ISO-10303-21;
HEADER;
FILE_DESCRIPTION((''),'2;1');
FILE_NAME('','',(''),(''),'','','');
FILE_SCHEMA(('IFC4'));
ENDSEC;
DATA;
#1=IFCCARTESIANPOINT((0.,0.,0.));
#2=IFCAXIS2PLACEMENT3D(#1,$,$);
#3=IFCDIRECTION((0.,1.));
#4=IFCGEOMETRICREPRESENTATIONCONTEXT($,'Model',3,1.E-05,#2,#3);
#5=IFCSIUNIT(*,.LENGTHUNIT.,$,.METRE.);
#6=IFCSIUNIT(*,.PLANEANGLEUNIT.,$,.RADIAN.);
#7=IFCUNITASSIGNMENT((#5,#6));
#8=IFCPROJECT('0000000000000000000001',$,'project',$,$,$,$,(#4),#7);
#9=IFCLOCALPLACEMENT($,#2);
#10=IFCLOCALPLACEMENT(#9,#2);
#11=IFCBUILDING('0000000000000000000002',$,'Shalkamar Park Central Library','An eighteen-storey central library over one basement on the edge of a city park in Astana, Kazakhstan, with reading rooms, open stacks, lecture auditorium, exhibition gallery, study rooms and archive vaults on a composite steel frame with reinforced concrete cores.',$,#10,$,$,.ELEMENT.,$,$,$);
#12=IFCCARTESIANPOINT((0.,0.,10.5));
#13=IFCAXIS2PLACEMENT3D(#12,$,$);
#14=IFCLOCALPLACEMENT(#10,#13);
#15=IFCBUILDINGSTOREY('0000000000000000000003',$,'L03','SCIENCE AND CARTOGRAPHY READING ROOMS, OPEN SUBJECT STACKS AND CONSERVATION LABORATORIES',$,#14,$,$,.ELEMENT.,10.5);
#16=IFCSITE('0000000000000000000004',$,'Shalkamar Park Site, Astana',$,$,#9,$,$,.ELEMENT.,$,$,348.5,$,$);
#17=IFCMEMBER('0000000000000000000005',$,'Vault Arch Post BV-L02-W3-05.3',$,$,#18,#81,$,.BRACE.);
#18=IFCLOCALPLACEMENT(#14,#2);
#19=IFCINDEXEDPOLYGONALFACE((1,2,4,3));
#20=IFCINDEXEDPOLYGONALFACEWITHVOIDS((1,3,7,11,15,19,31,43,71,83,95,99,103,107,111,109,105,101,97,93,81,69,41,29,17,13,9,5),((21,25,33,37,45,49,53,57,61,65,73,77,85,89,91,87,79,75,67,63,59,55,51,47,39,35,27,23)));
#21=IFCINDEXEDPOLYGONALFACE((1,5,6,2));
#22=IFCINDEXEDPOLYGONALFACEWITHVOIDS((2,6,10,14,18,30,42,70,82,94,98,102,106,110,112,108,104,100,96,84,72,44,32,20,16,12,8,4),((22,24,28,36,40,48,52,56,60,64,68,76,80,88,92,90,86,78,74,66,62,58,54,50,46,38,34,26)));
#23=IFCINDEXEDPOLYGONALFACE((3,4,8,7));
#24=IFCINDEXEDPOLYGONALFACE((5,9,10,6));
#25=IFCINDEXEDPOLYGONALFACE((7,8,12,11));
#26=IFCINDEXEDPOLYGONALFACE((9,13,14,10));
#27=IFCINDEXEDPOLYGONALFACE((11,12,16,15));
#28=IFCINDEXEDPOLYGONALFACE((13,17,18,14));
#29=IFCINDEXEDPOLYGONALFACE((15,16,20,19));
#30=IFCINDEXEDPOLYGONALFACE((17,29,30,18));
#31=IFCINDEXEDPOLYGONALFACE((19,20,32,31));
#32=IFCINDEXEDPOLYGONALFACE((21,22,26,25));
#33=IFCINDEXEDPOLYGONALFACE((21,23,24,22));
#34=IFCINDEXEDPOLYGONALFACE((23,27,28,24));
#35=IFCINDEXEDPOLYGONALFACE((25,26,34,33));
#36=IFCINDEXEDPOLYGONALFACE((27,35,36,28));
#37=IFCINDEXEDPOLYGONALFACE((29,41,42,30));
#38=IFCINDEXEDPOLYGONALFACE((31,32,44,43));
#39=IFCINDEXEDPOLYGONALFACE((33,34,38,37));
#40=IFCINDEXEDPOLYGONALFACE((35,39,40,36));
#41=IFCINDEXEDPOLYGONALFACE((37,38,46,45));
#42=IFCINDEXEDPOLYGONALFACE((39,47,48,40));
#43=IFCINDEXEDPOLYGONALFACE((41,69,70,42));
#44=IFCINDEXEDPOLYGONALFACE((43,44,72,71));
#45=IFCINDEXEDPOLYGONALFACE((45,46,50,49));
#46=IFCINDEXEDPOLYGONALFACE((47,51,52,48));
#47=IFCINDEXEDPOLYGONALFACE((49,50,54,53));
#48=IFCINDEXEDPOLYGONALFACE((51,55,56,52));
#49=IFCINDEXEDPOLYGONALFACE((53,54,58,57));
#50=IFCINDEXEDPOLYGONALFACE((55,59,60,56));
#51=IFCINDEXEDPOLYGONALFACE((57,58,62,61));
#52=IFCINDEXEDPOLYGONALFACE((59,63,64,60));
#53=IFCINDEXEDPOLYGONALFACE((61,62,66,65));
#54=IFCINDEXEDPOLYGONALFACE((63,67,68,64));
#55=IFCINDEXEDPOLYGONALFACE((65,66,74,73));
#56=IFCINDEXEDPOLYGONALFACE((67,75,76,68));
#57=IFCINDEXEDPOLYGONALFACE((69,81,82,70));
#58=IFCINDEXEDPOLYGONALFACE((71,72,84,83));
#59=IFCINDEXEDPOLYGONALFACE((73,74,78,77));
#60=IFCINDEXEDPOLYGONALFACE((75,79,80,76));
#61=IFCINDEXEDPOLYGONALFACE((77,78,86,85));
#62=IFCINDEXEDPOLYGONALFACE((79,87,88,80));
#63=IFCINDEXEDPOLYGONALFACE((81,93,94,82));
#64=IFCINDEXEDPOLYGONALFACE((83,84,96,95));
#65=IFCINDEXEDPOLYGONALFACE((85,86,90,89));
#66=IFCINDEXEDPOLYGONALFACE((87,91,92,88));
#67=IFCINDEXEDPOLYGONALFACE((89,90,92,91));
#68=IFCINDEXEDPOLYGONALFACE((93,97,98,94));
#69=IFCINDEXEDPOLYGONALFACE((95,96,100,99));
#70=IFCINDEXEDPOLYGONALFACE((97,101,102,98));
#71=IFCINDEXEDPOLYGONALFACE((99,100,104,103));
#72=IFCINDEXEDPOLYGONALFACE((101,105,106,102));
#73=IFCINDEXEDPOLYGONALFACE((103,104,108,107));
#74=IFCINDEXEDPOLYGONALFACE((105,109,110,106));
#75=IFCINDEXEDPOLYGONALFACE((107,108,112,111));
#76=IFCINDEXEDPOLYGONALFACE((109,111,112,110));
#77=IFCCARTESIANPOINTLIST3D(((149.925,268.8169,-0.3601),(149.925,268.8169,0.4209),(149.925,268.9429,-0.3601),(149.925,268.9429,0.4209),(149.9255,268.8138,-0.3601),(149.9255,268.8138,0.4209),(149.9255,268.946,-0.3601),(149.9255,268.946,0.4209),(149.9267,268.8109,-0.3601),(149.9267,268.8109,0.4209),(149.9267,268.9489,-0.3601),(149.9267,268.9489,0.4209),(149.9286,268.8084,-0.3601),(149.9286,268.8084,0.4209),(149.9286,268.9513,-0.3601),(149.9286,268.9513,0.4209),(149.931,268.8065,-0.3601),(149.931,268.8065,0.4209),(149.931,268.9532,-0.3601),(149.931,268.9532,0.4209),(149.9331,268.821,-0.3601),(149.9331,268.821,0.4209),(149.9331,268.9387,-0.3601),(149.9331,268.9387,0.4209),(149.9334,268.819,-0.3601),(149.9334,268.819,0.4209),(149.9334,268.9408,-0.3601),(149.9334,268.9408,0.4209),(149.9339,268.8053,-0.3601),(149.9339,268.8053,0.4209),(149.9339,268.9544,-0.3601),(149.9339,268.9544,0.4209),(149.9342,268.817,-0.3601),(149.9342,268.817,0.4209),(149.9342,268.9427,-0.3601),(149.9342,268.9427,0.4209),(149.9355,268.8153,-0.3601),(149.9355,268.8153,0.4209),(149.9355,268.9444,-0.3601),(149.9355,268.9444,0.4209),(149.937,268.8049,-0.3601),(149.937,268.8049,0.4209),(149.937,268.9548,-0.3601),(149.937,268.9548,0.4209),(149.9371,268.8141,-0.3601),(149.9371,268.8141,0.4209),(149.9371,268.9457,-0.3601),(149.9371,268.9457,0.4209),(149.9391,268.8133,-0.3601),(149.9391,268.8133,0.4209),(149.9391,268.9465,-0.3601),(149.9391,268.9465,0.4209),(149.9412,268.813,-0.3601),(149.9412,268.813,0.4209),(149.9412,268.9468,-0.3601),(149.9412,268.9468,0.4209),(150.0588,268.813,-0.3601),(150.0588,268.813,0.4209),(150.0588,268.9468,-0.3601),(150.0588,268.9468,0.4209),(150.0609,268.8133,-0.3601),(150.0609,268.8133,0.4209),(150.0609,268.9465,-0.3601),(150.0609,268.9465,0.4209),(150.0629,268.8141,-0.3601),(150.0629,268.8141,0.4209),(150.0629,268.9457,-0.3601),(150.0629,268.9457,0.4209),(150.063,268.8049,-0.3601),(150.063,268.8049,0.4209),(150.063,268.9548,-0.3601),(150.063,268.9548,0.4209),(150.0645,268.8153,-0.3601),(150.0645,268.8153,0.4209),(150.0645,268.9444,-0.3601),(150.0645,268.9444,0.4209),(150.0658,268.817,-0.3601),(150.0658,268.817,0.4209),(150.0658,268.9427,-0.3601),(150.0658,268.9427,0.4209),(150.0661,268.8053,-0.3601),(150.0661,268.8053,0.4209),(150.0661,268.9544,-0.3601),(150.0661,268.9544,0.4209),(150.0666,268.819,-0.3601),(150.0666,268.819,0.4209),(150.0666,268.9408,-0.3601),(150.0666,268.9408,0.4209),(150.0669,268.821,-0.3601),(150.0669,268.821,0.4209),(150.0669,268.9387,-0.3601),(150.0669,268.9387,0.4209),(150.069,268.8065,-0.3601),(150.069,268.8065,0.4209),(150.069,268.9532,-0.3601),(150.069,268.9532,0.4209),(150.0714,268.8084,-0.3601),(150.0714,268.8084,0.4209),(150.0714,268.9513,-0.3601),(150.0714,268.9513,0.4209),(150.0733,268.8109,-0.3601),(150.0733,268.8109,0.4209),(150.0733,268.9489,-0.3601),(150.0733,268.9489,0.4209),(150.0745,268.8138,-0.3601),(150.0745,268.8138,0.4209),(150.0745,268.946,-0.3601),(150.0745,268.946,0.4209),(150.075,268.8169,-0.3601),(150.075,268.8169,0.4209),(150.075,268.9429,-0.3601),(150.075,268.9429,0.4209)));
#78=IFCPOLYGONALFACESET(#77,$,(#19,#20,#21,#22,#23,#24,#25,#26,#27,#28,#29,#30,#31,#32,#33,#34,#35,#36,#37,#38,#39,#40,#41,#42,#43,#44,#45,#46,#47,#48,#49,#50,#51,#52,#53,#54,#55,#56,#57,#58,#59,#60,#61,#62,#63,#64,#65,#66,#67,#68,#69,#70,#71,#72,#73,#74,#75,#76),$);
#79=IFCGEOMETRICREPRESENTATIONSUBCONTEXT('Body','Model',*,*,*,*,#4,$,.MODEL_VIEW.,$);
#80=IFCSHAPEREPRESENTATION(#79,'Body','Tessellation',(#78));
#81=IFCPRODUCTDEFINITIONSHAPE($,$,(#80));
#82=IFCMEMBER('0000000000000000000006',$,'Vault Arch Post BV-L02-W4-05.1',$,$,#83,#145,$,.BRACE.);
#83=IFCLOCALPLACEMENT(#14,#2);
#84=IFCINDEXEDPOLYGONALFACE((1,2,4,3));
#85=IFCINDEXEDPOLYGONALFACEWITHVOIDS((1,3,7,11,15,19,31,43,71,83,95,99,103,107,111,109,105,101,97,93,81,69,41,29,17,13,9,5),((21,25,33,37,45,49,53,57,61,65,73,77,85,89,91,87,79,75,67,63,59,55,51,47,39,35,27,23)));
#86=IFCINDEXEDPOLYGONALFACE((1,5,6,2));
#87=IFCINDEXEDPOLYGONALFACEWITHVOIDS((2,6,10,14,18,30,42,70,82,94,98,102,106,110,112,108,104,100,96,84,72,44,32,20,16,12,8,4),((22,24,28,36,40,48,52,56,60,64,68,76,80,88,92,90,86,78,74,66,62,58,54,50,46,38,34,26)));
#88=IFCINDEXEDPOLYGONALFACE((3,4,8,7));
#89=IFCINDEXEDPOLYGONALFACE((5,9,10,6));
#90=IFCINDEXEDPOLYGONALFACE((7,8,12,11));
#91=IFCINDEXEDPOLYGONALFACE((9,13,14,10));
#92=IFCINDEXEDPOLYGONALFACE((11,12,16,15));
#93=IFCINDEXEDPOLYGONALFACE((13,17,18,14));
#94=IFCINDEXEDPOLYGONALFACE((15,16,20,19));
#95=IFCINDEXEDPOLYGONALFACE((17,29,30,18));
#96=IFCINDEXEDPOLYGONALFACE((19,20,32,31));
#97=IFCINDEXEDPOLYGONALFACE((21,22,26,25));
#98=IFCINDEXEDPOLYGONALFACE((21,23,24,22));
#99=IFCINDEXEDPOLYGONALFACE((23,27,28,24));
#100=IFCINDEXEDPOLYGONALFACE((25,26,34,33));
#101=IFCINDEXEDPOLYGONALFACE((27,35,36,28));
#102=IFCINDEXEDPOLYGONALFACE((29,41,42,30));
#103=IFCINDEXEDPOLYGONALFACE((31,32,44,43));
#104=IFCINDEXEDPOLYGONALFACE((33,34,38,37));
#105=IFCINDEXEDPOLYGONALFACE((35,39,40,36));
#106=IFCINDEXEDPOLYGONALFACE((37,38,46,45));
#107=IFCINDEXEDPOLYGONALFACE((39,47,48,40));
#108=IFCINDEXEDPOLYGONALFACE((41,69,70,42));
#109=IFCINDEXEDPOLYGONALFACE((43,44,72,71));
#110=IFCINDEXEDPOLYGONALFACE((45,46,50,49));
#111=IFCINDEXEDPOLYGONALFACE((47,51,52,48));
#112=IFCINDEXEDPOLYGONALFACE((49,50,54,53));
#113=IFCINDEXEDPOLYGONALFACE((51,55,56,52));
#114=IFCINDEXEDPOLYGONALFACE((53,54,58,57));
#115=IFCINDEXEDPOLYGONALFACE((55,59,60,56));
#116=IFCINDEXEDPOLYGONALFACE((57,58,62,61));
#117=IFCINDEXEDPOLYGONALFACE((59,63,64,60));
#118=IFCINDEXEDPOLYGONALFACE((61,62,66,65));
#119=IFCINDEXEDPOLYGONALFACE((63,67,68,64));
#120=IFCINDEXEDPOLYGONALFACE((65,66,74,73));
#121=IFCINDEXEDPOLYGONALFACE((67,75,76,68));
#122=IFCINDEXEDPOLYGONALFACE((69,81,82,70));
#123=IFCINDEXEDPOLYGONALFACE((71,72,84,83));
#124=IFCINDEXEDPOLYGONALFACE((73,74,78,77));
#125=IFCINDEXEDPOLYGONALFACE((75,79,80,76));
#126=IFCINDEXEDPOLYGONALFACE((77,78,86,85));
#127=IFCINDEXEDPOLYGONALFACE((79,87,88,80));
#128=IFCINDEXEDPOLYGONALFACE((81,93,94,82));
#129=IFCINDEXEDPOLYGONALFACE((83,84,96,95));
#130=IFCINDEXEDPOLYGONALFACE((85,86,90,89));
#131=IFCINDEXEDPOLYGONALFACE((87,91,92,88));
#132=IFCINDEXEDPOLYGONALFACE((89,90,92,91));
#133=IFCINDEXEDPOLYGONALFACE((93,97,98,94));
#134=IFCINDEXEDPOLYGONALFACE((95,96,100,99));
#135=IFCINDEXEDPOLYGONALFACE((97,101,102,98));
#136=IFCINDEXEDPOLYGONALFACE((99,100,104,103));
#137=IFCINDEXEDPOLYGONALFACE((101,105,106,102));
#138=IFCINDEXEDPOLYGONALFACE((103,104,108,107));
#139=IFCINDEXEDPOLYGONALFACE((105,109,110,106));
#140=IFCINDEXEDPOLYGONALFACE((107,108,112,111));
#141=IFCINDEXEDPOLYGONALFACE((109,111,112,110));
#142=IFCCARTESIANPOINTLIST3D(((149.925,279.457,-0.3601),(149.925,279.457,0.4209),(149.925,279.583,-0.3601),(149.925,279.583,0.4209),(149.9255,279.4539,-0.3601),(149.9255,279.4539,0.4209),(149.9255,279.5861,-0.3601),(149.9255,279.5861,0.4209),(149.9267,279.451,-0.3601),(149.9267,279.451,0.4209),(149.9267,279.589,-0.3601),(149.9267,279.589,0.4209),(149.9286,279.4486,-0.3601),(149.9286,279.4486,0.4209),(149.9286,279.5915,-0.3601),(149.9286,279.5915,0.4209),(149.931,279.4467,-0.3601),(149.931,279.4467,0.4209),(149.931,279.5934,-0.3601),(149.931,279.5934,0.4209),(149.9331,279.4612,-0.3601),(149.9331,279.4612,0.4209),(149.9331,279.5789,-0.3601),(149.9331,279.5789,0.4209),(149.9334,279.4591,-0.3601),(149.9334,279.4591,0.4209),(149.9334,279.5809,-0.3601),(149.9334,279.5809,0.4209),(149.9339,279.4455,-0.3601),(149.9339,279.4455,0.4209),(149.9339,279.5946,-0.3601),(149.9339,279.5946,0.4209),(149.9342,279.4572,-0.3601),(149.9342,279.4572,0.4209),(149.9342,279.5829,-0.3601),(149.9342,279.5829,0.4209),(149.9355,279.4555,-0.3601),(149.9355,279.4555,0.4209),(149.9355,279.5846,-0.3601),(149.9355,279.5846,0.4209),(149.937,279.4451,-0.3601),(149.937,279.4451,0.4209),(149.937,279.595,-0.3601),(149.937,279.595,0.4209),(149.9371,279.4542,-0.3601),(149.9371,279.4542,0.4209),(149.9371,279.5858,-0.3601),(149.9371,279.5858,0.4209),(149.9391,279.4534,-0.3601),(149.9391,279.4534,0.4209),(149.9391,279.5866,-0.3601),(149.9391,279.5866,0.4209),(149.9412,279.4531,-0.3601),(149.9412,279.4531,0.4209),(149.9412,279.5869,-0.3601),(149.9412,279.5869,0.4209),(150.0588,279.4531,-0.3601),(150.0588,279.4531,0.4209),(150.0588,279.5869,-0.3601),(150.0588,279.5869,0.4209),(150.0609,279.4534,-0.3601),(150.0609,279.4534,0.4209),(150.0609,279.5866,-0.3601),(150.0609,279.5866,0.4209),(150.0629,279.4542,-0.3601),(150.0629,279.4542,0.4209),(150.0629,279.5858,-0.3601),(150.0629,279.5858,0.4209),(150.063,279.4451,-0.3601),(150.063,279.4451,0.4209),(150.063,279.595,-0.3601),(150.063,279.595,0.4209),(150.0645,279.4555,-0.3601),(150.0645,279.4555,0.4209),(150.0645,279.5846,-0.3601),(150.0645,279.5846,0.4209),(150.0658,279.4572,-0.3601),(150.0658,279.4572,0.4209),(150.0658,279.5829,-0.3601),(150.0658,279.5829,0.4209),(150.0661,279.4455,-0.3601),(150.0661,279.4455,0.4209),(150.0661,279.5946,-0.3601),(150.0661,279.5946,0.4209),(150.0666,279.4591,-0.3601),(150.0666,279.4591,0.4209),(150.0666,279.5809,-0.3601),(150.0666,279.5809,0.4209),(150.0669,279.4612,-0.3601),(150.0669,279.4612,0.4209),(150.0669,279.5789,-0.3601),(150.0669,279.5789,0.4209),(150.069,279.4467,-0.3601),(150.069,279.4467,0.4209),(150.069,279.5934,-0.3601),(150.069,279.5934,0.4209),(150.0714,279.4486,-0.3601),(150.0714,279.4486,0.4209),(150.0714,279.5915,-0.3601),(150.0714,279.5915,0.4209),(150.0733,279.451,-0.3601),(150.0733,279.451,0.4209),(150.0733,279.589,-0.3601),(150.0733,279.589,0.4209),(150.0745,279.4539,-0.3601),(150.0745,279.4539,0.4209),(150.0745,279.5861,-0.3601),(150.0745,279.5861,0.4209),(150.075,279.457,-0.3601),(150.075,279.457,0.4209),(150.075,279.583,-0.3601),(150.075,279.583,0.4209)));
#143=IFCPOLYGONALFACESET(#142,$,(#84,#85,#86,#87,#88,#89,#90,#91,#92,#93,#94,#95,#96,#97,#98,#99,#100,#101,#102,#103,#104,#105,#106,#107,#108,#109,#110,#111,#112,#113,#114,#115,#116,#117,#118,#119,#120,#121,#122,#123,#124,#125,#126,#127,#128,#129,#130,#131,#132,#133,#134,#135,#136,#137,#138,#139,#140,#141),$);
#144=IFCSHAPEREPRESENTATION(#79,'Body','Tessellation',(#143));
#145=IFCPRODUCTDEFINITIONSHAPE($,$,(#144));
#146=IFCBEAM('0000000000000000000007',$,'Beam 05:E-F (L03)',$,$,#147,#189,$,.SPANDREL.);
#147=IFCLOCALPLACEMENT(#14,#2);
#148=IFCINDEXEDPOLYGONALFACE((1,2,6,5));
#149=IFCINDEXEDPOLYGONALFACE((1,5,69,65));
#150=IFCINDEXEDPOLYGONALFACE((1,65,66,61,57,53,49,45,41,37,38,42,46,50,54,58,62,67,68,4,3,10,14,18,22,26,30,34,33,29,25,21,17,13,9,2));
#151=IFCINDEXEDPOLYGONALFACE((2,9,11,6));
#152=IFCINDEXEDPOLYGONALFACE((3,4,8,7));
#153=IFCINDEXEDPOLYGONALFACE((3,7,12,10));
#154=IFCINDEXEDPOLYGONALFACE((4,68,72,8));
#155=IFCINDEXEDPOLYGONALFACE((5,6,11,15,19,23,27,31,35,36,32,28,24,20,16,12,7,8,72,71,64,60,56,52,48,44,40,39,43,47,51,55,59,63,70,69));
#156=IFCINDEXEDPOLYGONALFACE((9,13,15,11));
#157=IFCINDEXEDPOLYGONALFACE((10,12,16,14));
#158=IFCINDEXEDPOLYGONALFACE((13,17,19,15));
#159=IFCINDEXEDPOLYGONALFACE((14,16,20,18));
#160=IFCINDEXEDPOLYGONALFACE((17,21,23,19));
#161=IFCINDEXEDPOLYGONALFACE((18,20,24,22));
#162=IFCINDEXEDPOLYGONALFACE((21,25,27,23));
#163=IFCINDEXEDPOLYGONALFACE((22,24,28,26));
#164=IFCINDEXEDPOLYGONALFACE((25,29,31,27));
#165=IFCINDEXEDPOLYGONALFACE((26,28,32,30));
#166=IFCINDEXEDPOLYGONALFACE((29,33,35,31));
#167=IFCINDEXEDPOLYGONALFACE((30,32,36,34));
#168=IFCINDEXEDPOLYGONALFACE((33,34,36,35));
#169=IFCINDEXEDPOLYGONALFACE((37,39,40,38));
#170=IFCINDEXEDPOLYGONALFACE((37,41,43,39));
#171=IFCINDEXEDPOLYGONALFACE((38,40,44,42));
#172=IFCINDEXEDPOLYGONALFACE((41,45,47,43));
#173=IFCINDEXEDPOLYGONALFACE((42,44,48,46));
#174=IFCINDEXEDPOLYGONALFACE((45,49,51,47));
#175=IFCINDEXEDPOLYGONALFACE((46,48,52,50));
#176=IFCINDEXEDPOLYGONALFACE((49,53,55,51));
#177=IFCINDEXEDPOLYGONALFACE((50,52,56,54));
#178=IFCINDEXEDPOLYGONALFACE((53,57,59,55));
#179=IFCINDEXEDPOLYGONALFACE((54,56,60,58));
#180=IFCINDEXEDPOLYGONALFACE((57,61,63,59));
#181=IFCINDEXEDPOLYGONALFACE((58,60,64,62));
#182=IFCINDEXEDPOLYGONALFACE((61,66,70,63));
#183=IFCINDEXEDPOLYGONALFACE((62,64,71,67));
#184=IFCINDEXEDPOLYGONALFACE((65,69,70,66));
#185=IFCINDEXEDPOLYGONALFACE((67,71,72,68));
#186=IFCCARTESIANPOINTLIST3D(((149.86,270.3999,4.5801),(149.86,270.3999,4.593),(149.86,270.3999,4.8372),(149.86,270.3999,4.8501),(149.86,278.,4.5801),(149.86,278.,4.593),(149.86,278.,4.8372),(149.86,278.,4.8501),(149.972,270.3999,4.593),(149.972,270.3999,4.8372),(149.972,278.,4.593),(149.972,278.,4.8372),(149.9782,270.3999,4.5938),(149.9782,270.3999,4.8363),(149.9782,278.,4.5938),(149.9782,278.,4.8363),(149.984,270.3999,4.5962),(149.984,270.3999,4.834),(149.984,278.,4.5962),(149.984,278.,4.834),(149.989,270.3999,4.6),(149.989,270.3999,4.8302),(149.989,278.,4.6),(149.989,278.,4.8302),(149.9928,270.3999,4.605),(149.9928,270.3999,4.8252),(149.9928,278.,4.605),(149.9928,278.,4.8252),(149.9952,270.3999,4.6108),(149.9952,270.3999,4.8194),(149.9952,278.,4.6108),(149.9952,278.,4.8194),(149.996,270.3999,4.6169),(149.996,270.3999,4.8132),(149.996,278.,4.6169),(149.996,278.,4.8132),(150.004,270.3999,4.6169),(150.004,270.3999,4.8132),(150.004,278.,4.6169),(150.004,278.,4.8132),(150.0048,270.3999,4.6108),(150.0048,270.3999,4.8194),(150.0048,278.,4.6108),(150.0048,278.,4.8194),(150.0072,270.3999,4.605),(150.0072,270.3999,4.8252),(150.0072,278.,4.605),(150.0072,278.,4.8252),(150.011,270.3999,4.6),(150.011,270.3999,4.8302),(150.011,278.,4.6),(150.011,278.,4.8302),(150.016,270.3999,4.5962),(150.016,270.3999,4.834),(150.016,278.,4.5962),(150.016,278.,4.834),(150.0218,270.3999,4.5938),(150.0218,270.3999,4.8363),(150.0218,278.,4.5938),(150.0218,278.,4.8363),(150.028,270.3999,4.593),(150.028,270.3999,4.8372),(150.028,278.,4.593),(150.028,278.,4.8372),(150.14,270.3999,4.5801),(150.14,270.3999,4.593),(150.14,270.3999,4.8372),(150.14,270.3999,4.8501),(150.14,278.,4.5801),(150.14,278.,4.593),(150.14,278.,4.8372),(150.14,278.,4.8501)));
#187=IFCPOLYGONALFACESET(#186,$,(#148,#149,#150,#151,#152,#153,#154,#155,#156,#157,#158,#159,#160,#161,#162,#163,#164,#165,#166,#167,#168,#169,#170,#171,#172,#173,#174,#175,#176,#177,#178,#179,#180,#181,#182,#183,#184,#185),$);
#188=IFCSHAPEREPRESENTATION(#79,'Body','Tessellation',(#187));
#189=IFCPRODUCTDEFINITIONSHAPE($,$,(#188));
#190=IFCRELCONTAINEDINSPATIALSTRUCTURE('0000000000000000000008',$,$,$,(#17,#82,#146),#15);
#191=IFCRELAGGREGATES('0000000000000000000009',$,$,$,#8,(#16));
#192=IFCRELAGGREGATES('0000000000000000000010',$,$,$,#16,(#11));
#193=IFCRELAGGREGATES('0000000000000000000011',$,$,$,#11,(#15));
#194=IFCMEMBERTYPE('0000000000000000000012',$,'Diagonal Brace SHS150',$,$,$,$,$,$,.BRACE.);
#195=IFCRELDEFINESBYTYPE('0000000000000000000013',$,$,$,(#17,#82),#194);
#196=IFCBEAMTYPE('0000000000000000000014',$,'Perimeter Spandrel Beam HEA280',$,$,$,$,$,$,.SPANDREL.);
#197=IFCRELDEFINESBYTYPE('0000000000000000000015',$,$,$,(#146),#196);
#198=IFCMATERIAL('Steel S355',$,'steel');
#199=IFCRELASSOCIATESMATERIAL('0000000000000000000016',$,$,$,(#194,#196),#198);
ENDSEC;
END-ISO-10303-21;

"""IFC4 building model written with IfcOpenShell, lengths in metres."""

from ifc_helpers import new_model, si_unit, direction, frame, origin, origin_2d, place, context, subcontext, project, spatial, hollow_rectangle, i_section, extrude, material, material_profile, profile_set, type_object, element, save


model = new_model("IFC4")

# Units and contexts
model_context = context("Model", 3, precision=1e-05, world=origin(), true_north=direction((0.0, 1.0)))
body_context = subcontext(model_context, "Body", "Model", "MODEL_VIEW")
ifc_project = project(units=[si_unit("LENGTHUNIT", "METRE"), si_unit("PLANEANGLEUNIT", "RADIAN")], contexts=[model_context])

# Site, building, storey
site_placement = place(None, origin())
site = spatial("IfcSite", under=ifc_project, at=site_placement, Name="Shalkamar Park Site, Astana", CompositionType="ELEMENT", RefElevation=348.5)
building_placement = place(site_placement, origin())
building = spatial("IfcBuilding", under=site, at=building_placement, Name="Shalkamar Park Central Library", Description="An eighteen-storey central library over one basement on the edge of a city park in Astana, Kazakhstan, with reading rooms, open stacks, lecture auditorium, exhibition gallery, study rooms and archive vaults on a composite steel frame with reinforced concrete cores.", CompositionType="ELEMENT")
storey_placement = place(building_placement, frame((0.0, 0.0, 10.5)))
storey = spatial("IfcBuildingStorey", under=building, at=storey_placement, Name="L03", Description="SCIENCE AND CARTOGRAPHY READING ROOMS, OPEN SUBJECT STACKS AND CONSERVATION LABORATORIES", CompositionType="ELEMENT", Elevation=10.5)

# Shared definitions
ifc_material_1 = material(Name="Steel S355", Category="steel")

# Members
ifc_material_profile_1 = material_profile(ifc_material_1, hollow_rectangle(XDim=0.1499, YDim=0.1499, WallThickness=0.0081, InnerFilletRadius=0.0081, OuterFilletRadius=0.012, at=origin_2d()), Name="SHS 150x150x8")
ifc_profile_set_1 = profile_set([ifc_material_profile_1], Name="Steel S355")
member_type_1 = type_object("IfcMemberType", Name="Diagonal Brace SHS150", PredefinedType="BRACE", material=ifc_profile_set_1)
for number, where, z_axis, x_axis, name in (
    (1, (150.0, 268.8799, -0.3601), (0.0, 0.0, 1.0), (1.0, 0.0, 0.0), "Vault Arch Post BV-L02-W3-05.3"),
    (2, (150.0, 279.52, -0.3601), (0.0, 0.0, 1.0), (1.0, 0.0, 0.0), "Vault Arch Post BV-L02-W4-05.1"),
):
    element("IfcMember", number, at=place(storey_placement, frame(where, z_axis=z_axis, x_axis=x_axis)), inside=storey, type_object=member_type_1, Name=name, PredefinedType="BRACE", context=body_context, shape_type="SweptSolid", body=[
        extrude(hollow_rectangle(XDim=0.1499, YDim=0.1499, WallThickness=0.0081, InnerFilletRadius=0.0081, OuterFilletRadius=0.012, at=origin_2d()), origin(), (0.0, 0.0, 1.0), 0.781),
    ])

# Beam
ifc_material_profile_2 = material_profile(ifc_material_1, i_section(OverallWidth=0.28, OverallDepth=0.27, WebThickness=0.0081, FlangeThickness=0.0129, FilletRadius=0.0239, at=origin_2d()), Name="HEA 280")
ifc_profile_set_2 = profile_set([ifc_material_profile_2], Name="Steel S355")
beam_type_1 = type_object("IfcBeamType", Name="Perimeter Spandrel Beam HEA280", PredefinedType="SPANDREL", material=ifc_profile_set_2)
for number, where, z_axis, x_axis, name in (
    (3, (150.0, 270.3999, 4.7151), (0.0, 1.0, 0.0), (-1.0, 0.0, 0.0), "Beam 05:E-F (L03)"),
):
    element("IfcBeam", number, at=place(storey_placement, frame(where, z_axis=z_axis, x_axis=x_axis)), inside=storey, type_object=beam_type_1, Name=name, PredefinedType="SPANDREL", context=body_context, shape_type="SweptSolid", body=[
        extrude(i_section(OverallWidth=0.28, OverallDepth=0.27, WebThickness=0.0081, FlangeThickness=0.0129, FilletRadius=0.0239, at=origin_2d()), origin(), (0.0, 0.0, 1.0), 7.6001),
    ])

save(model, "model.ifc")
